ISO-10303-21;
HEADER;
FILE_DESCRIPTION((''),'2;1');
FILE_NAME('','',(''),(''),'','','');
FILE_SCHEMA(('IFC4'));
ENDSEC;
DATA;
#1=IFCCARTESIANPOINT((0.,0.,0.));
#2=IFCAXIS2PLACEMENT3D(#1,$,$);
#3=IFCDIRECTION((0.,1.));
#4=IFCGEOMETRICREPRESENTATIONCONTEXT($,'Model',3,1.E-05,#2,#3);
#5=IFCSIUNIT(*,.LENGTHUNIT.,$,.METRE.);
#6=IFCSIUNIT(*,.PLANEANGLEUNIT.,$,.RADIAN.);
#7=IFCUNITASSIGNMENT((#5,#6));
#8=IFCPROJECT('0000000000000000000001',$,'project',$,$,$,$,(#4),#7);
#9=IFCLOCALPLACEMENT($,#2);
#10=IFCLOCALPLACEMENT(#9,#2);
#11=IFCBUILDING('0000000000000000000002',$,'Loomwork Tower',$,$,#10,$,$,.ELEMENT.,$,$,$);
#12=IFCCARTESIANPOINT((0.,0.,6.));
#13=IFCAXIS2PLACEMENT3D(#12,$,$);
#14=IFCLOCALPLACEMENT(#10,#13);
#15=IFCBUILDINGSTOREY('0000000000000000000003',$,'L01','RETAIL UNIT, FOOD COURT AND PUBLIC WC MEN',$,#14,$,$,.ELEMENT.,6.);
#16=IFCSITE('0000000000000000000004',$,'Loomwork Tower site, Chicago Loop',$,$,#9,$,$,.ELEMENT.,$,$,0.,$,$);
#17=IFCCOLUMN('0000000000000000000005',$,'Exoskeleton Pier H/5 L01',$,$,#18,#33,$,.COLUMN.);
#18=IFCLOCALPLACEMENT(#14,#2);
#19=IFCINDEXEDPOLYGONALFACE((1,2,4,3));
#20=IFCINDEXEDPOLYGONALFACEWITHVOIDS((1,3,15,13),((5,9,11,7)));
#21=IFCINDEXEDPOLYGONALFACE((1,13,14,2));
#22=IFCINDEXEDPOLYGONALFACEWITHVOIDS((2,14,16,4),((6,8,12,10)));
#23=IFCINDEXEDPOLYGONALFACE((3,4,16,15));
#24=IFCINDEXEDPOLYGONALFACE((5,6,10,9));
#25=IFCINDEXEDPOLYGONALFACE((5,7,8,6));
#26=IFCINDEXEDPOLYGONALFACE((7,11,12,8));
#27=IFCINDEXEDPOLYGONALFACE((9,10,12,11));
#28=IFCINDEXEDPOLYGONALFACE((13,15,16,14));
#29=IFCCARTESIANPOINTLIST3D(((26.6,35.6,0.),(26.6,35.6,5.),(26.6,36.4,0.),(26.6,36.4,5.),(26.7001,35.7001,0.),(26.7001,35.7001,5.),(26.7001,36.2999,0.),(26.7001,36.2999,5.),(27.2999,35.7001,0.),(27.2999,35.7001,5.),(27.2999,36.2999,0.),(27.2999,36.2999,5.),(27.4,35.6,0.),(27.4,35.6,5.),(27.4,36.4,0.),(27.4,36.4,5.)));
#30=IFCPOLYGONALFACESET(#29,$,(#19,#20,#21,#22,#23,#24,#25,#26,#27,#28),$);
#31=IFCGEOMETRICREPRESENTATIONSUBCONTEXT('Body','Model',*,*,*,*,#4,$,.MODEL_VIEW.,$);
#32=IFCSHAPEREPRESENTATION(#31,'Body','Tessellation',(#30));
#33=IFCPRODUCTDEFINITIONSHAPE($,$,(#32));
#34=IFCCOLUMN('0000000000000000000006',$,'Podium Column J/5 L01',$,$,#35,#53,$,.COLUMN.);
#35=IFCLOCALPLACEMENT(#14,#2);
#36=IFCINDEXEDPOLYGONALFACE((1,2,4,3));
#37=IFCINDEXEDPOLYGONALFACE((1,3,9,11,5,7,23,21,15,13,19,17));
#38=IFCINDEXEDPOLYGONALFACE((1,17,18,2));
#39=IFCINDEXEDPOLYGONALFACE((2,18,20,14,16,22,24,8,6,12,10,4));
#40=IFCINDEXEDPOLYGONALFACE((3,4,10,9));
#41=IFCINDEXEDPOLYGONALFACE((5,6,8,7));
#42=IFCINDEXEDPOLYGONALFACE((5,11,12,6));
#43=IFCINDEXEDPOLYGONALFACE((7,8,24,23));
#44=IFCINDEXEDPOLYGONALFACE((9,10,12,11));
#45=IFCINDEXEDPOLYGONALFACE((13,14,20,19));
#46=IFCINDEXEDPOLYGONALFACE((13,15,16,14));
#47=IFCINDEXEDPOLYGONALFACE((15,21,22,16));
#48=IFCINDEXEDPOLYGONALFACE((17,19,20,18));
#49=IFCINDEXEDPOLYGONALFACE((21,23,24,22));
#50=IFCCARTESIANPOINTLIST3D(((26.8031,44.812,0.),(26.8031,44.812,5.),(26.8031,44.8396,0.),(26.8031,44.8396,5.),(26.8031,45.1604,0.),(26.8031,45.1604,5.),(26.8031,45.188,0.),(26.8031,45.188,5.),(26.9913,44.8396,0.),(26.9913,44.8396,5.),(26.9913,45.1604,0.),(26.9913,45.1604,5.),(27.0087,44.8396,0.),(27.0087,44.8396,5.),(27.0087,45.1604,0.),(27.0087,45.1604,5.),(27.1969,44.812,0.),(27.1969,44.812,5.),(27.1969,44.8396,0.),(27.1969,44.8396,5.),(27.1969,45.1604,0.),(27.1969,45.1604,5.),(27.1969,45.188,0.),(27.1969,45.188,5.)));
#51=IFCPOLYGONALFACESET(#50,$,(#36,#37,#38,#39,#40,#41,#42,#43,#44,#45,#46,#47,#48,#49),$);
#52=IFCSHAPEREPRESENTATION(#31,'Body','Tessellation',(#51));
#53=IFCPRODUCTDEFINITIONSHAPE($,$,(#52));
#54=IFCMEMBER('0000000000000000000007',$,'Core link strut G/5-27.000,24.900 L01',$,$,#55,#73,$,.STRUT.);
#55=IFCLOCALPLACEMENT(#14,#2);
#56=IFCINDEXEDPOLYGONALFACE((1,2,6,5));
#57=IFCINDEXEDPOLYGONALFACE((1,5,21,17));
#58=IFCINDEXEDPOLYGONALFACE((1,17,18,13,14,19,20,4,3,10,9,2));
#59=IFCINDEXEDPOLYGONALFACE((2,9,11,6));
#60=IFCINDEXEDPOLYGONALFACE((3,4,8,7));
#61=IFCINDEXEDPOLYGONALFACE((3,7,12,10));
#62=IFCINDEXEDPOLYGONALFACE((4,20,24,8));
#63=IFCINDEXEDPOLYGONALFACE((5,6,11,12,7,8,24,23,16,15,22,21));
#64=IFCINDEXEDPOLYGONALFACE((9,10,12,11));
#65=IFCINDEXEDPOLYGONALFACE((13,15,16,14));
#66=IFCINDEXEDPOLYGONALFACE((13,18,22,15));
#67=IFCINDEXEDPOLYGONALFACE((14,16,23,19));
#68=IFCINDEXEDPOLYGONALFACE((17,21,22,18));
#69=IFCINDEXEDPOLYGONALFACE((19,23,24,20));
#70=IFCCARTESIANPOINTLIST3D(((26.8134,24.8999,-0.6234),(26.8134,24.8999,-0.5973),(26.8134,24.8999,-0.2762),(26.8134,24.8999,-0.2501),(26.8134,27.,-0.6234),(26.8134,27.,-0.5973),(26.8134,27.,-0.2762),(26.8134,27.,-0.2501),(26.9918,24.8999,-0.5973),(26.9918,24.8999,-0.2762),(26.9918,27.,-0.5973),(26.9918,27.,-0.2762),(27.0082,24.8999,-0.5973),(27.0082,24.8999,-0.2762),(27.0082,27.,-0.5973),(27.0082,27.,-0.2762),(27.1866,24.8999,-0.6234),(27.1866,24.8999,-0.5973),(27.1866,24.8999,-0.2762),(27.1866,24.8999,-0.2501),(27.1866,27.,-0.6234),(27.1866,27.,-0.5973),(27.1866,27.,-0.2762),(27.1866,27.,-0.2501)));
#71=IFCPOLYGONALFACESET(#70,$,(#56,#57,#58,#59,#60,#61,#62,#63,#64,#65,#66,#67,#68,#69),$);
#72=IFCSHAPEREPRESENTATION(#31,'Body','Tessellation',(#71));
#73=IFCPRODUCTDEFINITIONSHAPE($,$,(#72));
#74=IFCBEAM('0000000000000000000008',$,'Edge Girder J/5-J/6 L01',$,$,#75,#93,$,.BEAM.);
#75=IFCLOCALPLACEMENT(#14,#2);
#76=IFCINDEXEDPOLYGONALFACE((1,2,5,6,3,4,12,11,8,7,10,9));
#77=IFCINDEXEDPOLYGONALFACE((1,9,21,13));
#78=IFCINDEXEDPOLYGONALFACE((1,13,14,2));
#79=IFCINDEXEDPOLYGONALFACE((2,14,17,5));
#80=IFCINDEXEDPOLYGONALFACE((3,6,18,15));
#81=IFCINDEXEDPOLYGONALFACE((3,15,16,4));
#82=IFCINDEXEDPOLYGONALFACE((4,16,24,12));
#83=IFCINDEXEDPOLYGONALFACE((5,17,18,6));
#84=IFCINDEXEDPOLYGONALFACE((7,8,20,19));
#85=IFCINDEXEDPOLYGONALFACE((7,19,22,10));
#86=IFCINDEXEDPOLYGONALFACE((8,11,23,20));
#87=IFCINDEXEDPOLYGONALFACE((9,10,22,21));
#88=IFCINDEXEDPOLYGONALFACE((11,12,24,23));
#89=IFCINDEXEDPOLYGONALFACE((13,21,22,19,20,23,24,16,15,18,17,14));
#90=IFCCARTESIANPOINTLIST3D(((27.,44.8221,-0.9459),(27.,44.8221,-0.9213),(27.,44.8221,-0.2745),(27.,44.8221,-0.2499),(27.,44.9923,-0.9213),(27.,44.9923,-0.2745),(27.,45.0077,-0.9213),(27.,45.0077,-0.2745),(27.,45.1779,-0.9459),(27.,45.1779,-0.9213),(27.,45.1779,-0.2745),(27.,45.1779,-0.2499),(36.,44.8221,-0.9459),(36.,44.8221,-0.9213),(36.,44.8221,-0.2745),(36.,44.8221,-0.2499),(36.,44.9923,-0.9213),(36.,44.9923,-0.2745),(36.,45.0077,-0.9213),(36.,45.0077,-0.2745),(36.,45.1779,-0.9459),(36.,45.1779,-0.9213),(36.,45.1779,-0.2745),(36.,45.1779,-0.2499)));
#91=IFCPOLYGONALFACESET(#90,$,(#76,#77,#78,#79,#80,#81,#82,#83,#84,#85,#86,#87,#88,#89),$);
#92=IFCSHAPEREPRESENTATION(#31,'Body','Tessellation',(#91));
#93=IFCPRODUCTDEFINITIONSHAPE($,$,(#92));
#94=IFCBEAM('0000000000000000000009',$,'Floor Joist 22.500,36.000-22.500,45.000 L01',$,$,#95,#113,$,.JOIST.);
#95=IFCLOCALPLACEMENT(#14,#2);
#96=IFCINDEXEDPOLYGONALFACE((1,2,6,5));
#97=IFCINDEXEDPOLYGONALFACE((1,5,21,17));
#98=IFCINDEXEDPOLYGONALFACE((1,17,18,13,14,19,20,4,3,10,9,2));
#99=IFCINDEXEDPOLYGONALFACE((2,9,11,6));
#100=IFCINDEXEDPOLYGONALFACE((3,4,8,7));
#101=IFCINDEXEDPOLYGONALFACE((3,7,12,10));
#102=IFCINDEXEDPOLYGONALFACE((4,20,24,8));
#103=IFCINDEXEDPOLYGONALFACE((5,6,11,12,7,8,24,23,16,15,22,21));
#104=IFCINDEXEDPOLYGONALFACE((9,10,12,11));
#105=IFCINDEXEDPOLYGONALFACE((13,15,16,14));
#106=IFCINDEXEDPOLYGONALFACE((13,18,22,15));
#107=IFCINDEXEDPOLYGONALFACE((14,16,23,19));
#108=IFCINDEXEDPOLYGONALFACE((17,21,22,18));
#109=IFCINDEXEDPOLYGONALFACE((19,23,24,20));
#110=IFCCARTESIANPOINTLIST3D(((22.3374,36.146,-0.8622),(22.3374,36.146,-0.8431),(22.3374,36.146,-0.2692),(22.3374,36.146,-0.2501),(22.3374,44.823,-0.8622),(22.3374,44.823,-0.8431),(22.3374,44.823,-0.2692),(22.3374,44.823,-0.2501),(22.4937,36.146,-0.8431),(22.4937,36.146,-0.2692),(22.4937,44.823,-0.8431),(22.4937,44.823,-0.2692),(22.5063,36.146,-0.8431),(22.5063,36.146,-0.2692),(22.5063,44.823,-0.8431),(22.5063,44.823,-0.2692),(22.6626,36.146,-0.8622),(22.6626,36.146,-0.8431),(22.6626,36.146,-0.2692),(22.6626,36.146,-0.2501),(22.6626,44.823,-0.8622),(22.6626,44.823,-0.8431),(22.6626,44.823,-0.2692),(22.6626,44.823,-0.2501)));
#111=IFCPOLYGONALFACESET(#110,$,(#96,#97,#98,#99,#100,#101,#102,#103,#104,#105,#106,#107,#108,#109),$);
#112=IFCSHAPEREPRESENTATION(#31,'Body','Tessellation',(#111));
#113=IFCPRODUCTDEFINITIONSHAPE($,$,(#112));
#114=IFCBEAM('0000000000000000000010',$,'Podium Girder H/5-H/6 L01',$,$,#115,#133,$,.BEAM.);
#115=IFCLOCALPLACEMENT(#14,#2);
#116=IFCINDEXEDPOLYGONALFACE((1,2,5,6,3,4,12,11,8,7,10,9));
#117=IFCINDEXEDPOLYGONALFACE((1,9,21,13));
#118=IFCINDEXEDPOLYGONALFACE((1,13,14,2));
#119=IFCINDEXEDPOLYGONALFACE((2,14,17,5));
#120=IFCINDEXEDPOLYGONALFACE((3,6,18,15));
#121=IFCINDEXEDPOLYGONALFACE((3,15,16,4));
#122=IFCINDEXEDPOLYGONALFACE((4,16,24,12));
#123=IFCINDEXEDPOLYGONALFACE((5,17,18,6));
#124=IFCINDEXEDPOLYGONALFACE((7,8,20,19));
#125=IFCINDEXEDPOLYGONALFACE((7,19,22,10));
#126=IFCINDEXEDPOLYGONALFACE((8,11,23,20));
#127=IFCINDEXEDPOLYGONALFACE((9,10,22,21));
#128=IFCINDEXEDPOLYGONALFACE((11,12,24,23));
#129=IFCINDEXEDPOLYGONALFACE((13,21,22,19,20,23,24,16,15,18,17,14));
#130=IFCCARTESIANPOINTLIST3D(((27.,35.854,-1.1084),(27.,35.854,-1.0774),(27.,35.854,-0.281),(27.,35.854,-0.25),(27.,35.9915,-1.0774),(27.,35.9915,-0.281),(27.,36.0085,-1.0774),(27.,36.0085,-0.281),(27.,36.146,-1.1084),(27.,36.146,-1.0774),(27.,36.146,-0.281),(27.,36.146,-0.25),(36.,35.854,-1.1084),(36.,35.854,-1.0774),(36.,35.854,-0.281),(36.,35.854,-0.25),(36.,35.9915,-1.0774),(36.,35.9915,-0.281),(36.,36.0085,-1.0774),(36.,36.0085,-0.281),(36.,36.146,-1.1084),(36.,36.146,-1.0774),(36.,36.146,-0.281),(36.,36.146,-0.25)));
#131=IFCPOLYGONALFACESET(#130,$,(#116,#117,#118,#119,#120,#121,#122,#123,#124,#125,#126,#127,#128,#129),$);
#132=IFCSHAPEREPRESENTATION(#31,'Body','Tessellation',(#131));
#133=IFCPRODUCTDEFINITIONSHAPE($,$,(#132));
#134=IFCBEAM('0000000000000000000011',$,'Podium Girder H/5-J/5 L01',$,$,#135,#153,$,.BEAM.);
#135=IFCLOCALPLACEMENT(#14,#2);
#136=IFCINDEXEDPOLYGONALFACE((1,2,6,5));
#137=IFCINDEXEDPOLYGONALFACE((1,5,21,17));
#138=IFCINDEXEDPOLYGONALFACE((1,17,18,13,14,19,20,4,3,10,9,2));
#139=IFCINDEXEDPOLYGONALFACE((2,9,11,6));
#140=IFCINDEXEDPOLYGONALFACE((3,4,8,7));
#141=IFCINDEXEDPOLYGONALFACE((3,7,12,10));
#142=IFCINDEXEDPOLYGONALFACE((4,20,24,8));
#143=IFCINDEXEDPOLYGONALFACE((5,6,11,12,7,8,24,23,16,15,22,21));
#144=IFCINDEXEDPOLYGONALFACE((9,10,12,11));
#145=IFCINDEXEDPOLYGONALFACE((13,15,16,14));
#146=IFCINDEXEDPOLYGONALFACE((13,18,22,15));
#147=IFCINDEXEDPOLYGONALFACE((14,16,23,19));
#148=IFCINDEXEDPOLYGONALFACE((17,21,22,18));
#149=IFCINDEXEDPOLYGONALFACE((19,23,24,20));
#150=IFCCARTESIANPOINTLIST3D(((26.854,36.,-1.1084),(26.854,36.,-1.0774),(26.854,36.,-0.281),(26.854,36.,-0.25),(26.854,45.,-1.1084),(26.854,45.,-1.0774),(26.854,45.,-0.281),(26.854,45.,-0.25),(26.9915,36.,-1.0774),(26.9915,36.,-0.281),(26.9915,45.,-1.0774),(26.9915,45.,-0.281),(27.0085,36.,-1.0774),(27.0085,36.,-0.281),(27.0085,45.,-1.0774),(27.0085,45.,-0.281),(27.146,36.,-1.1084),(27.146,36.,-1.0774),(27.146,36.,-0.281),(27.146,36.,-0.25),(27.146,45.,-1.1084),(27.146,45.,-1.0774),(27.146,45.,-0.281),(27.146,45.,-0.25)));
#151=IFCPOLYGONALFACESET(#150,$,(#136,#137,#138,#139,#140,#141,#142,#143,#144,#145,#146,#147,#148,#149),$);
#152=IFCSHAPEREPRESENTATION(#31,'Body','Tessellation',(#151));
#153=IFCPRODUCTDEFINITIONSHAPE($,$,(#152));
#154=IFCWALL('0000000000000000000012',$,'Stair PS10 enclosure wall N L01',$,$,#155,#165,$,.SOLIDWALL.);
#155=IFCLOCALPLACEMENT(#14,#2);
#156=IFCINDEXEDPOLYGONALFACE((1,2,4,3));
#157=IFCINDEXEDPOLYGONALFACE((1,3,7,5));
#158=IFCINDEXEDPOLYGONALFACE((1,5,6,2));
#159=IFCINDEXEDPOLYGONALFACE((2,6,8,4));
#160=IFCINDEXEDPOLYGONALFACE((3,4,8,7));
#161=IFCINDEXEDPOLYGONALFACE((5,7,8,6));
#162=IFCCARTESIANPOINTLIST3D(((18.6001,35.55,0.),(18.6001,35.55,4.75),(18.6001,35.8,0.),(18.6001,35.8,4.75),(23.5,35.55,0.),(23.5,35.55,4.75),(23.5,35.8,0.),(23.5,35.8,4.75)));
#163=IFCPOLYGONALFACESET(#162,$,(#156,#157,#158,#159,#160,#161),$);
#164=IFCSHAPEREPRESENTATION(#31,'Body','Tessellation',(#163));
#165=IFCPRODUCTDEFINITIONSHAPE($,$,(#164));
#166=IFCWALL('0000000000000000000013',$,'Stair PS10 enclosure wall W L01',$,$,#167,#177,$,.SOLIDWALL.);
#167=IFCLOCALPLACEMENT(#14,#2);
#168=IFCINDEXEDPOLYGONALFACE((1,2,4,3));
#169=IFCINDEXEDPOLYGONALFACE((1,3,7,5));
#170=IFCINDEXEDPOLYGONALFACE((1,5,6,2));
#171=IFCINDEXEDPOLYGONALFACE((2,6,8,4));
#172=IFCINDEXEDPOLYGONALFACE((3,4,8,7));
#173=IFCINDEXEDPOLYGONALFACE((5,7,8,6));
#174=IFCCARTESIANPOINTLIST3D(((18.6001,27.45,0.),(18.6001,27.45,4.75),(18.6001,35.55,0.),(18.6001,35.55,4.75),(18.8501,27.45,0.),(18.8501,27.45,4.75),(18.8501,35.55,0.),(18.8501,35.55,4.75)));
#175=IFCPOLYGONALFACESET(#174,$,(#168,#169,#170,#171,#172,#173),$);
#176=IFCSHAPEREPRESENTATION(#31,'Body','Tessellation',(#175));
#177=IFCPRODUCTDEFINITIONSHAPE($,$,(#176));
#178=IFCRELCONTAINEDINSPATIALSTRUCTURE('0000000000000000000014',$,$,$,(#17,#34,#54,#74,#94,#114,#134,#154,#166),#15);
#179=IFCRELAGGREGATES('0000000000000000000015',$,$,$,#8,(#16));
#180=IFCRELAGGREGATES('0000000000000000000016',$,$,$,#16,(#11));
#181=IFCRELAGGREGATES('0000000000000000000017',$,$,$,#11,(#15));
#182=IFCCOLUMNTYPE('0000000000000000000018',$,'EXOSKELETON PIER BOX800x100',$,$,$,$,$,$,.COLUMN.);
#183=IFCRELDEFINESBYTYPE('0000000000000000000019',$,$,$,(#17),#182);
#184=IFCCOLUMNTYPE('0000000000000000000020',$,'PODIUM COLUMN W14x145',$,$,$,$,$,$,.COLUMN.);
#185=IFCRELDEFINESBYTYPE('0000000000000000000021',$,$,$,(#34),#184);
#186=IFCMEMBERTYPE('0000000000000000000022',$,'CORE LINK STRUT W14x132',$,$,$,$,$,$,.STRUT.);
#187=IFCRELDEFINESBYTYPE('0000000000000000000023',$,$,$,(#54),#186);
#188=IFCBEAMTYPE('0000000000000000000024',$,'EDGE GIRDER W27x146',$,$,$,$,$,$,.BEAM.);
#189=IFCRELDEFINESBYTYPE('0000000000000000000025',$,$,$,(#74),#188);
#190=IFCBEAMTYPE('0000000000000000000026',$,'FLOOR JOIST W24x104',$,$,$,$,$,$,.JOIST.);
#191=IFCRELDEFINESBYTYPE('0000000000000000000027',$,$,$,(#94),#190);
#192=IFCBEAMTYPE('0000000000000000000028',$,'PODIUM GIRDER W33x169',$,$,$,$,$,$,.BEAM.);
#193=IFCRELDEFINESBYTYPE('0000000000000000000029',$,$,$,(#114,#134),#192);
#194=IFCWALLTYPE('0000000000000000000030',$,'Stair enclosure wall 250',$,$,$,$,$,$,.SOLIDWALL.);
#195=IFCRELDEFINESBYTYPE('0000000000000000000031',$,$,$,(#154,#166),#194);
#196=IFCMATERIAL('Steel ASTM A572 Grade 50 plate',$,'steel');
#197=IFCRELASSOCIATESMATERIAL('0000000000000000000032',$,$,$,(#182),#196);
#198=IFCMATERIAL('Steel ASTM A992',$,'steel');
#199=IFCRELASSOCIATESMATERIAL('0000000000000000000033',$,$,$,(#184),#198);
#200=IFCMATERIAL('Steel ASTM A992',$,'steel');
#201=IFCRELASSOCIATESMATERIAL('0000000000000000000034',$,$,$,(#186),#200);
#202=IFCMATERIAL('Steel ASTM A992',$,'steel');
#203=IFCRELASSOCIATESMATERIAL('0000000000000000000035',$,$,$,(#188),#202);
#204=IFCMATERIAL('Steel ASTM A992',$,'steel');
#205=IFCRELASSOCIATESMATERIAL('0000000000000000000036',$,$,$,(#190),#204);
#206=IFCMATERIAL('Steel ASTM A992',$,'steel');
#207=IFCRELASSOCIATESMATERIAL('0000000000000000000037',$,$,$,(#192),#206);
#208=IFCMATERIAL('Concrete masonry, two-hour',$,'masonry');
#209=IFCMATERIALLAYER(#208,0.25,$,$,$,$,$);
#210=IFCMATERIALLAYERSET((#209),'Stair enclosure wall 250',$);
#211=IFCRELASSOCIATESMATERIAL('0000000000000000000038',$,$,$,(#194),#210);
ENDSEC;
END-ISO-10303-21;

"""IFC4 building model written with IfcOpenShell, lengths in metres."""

from ifc_helpers import new_model, si_unit, direction, frame, frame_2d, origin, origin_2d, place, context, subcontext, project, spatial, rectangle, hollow_rectangle, i_section, extrude, material, layer, layer_set, material_profile, profile_set, type_object, element, save


model = new_model("IFC4")

# Units and contexts
model_context = context("Model", 3, precision=1e-05, world=origin(), true_north=direction((0.0, 1.0)))
body_context = subcontext(model_context, "Body", "Model", "MODEL_VIEW")
ifc_project = project(units=[si_unit("LENGTHUNIT", "METRE"), si_unit("PLANEANGLEUNIT", "RADIAN")], contexts=[model_context])

# Site, building, storey
site_placement = place(None, origin())
site = spatial("IfcSite", under=ifc_project, at=site_placement, Name="Loomwork Tower site, Chicago Loop", CompositionType="ELEMENT", RefElevation=0.0)
building_placement = place(site_placement, origin())
building = spatial("IfcBuilding", under=site, at=building_placement, Name="Loomwork Tower", CompositionType="ELEMENT")
storey_placement = place(building_placement, frame((0.0, 0.0, 6.0)))
storey = spatial("IfcBuildingStorey", under=building, at=storey_placement, Name="L01", Description="RETAIL UNIT, FOOD COURT AND PUBLIC WC MEN", CompositionType="ELEMENT", Elevation=6.0)

# Columns
ifc_material_1 = material(Name="Steel ASTM A572 Grade 50 plate", Category="steel")
ifc_material_profile_1 = material_profile(ifc_material_1, hollow_rectangle(XDim=0.8, YDim=0.8, WallThickness=0.1001, at=origin_2d()), Name="BOX800x100")
ifc_profile_set_1 = profile_set([ifc_material_profile_1], Name="Steel ASTM A572 Grade 50 plate")
column_type_1 = type_object("IfcColumnType", Name="EXOSKELETON PIER BOX800x100", PredefinedType="COLUMN", material=ifc_profile_set_1)
column_1_placement = place(storey_placement, frame((27.0, 36.0, 0.0), z_axis=(0.0, 0.0, 1.0), x_axis=(1.0, 0.0, 0.0)))
element("IfcColumn", 1, at=column_1_placement, inside=storey, type_object=column_type_1, Name="Exoskeleton Pier H/5 L01", PredefinedType="COLUMN", context=body_context, shape_type="SweptSolid", body=[
    extrude(hollow_rectangle(XDim=0.8, YDim=0.8, WallThickness=0.1001, at=origin_2d()), origin(), (0.0, 0.0, 1.0), 5.0),
])
ifc_material_2 = material(Name="Steel ASTM A992", Category="steel")
ifc_material_profile_2 = material_profile(ifc_material_2, i_section(OverallWidth=0.3938, OverallDepth=0.376, WebThickness=0.0173, FlangeThickness=0.0276, at=origin_2d()), Name="W14x145")
ifc_profile_set_2 = profile_set([ifc_material_profile_2], Name="Steel ASTM A992")
column_type_2 = type_object("IfcColumnType", Name="PODIUM COLUMN W14x145", PredefinedType="COLUMN", material=ifc_profile_set_2)
column_2_placement = place(storey_placement, frame((27.0, 45.0, 0.0), z_axis=(0.0, 0.0, 1.0), x_axis=(1.0, 0.0, 0.0)))
element("IfcColumn", 2, at=column_2_placement, inside=storey, type_object=column_type_2, Name="Podium Column J/5 L01", PredefinedType="COLUMN", context=body_context, shape_type="SweptSolid", body=[
    extrude(i_section(OverallWidth=0.3938, OverallDepth=0.376, WebThickness=0.0173, FlangeThickness=0.0276, at=origin_2d()), origin(), (0.0, 0.0, 1.0), 5.0),
])

# Member
ifc_material_3 = material(Name="Steel ASTM A992", Category="steel")
ifc_material_profile_3 = material_profile(ifc_material_3, i_section(OverallWidth=0.3733, OverallDepth=0.3733, WebThickness=0.0164, FlangeThickness=0.0261, at=origin_2d()), Name="W14x132")
ifc_profile_set_3 = profile_set([ifc_material_profile_3], Name="Steel ASTM A992")
member_type = type_object("IfcMemberType", Name="CORE LINK STRUT W14x132", PredefinedType="STRUT", material=ifc_profile_set_3)
member_placement = place(storey_placement, frame((27.0, 27.0, -0.4368), z_axis=(0.0, -1.0, 0.0), x_axis=(1.0, 0.0, 0.0)))
element("IfcMember", 3, at=member_placement, inside=storey, type_object=member_type, Name="Core link strut G/5-27.000,24.900 L01", PredefinedType="STRUT", context=body_context, shape_type="SweptSolid", body=[
    extrude(i_section(OverallWidth=0.3733, OverallDepth=0.3733, WebThickness=0.0164, FlangeThickness=0.0261, at=origin_2d()), origin(), (0.0, 0.0, 1.0), 2.1001),
])

# Beams
ifc_material_4 = material(Name="Steel ASTM A992", Category="steel")
ifc_material_profile_4 = material_profile(ifc_material_4, i_section(OverallWidth=0.3557, OverallDepth=0.696, WebThickness=0.0154, FlangeThickness=0.0247, at=origin_2d()), Name="W27x146")
ifc_profile_set_4 = profile_set([ifc_material_profile_4], Name="Steel ASTM A992")
beam_type_1 = type_object("IfcBeamType", Name="EDGE GIRDER W27x146", PredefinedType="BEAM", material=ifc_profile_set_4)
beam_1_placement = place(storey_placement, frame((27.0, 45.0, -0.5979), z_axis=(1.0, 0.0, 0.0), x_axis=(0.0, 1.0, 0.0)))
element("IfcBeam", 4, at=beam_1_placement, inside=storey, type_object=beam_type_1, Name="Edge Girder J/5-J/6 L01", PredefinedType="BEAM", context=body_context, shape_type="SweptSolid", body=[
    extrude(i_section(OverallWidth=0.3557, OverallDepth=0.696, WebThickness=0.0154, FlangeThickness=0.0247, at=origin_2d()), origin(), (0.0, 0.0, 1.0), 9.0),
])
ifc_material_5 = material(Name="Steel ASTM A992", Category="steel")
ifc_material_profile_5 = material_profile(ifc_material_5, i_section(OverallWidth=0.3252, OverallDepth=0.6121, WebThickness=0.0127, FlangeThickness=0.019, at=origin_2d()), Name="W24x104")
ifc_profile_set_5 = profile_set([ifc_material_profile_5], Name="Steel ASTM A992")
beam_type_2 = type_object("IfcBeamType", Name="FLOOR JOIST W24x104", PredefinedType="JOIST", material=ifc_profile_set_5)
beam_2_placement = place(storey_placement, frame((22.5, 36.146, -0.5562), z_axis=(0.0, 1.0, 0.0), x_axis=(-1.0, 0.0, 0.0)))
element("IfcBeam", 5, at=beam_2_placement, inside=storey, type_object=beam_type_2, Name="Floor Joist 22.500,36.000-22.500,45.000 L01", PredefinedType="JOIST", context=body_context, shape_type="SweptSolid", body=[
    extrude(i_section(OverallWidth=0.3252, OverallDepth=0.6121, WebThickness=0.0127, FlangeThickness=0.019, at=origin_2d()), origin(), (0.0, 0.0, 1.0), 8.677),
])
ifc_material_6 = material(Name="Steel ASTM A992", Category="steel")
ifc_material_profile_6 = material_profile(ifc_material_6, i_section(OverallWidth=0.292, OverallDepth=0.8584, WebThickness=0.0171, FlangeThickness=0.031, at=origin_2d()), Name="W33x169")
ifc_profile_set_6 = profile_set([ifc_material_profile_6], Name="Steel ASTM A992")
beam_type_3 = type_object("IfcBeamType", Name="PODIUM GIRDER W33x169", PredefinedType="BEAM", material=ifc_profile_set_6)
for number, where, z_axis, x_axis, name in (
    (6, (27.0, 36.0, -0.6792), (1.0, 0.0, 0.0), (0.0, 1.0, 0.0), "Podium Girder H/5-H/6 L01"),
    (7, (27.0, 36.0, -0.6792), (0.0, 1.0, 0.0), (-1.0, 0.0, 0.0), "Podium Girder H/5-J/5 L01"),
):
    element("IfcBeam", number, at=place(storey_placement, frame(where, z_axis=z_axis, x_axis=x_axis)), inside=storey, type_object=beam_type_3, Name=name, PredefinedType="BEAM", context=body_context, shape_type="SweptSolid", body=[
        extrude(i_section(OverallWidth=0.292, OverallDepth=0.8584, WebThickness=0.0171, FlangeThickness=0.031, at=origin_2d()), origin(), (0.0, 0.0, 1.0), 9.0),
    ])

# Walls
ifc_material_7 = material(Name="Concrete masonry, two-hour", Category="masonry")
ifc_layer = layer(ifc_material_7, 0.25)
ifc_layer_set = layer_set([ifc_layer], Name="Stair enclosure wall 250")
wall_type = type_object("IfcWallType", Name="Stair enclosure wall 250", PredefinedType="SOLIDWALL", material=ifc_layer_set)
wall_1_placement = place(storey_placement, frame((18.6001, 35.675, 0.0), z_axis=(0.0, 0.0, 1.0), x_axis=(1.0, 0.0, 0.0)))
element("IfcWall", 8, at=wall_1_placement, inside=storey, type_object=wall_type, Name="Stair PS10 enclosure wall N L01", PredefinedType="SOLIDWALL", context=body_context, shape_type="SweptSolid", body=[
    extrude(rectangle(XDim=4.8999, YDim=0.25, at=frame_2d((2.45, 0.0))), origin(), (0.0, 0.0, 1.0), 4.75),
])
wall_2_placement = place(storey_placement, frame((18.7251, 27.45, 0.0), z_axis=(0.0, 0.0, 1.0), x_axis=(0.0, 1.0, 0.0)))
element("IfcWall", 9, at=wall_2_placement, inside=storey, type_object=wall_type, Name="Stair PS10 enclosure wall W L01", PredefinedType="SOLIDWALL", context=body_context, shape_type="SweptSolid", body=[
    extrude(rectangle(XDim=8.1001, YDim=0.25, at=frame_2d((4.05, 0.0))), origin(), (0.0, 0.0, 1.0), 4.75),
])

save(model, "model.ifc")
